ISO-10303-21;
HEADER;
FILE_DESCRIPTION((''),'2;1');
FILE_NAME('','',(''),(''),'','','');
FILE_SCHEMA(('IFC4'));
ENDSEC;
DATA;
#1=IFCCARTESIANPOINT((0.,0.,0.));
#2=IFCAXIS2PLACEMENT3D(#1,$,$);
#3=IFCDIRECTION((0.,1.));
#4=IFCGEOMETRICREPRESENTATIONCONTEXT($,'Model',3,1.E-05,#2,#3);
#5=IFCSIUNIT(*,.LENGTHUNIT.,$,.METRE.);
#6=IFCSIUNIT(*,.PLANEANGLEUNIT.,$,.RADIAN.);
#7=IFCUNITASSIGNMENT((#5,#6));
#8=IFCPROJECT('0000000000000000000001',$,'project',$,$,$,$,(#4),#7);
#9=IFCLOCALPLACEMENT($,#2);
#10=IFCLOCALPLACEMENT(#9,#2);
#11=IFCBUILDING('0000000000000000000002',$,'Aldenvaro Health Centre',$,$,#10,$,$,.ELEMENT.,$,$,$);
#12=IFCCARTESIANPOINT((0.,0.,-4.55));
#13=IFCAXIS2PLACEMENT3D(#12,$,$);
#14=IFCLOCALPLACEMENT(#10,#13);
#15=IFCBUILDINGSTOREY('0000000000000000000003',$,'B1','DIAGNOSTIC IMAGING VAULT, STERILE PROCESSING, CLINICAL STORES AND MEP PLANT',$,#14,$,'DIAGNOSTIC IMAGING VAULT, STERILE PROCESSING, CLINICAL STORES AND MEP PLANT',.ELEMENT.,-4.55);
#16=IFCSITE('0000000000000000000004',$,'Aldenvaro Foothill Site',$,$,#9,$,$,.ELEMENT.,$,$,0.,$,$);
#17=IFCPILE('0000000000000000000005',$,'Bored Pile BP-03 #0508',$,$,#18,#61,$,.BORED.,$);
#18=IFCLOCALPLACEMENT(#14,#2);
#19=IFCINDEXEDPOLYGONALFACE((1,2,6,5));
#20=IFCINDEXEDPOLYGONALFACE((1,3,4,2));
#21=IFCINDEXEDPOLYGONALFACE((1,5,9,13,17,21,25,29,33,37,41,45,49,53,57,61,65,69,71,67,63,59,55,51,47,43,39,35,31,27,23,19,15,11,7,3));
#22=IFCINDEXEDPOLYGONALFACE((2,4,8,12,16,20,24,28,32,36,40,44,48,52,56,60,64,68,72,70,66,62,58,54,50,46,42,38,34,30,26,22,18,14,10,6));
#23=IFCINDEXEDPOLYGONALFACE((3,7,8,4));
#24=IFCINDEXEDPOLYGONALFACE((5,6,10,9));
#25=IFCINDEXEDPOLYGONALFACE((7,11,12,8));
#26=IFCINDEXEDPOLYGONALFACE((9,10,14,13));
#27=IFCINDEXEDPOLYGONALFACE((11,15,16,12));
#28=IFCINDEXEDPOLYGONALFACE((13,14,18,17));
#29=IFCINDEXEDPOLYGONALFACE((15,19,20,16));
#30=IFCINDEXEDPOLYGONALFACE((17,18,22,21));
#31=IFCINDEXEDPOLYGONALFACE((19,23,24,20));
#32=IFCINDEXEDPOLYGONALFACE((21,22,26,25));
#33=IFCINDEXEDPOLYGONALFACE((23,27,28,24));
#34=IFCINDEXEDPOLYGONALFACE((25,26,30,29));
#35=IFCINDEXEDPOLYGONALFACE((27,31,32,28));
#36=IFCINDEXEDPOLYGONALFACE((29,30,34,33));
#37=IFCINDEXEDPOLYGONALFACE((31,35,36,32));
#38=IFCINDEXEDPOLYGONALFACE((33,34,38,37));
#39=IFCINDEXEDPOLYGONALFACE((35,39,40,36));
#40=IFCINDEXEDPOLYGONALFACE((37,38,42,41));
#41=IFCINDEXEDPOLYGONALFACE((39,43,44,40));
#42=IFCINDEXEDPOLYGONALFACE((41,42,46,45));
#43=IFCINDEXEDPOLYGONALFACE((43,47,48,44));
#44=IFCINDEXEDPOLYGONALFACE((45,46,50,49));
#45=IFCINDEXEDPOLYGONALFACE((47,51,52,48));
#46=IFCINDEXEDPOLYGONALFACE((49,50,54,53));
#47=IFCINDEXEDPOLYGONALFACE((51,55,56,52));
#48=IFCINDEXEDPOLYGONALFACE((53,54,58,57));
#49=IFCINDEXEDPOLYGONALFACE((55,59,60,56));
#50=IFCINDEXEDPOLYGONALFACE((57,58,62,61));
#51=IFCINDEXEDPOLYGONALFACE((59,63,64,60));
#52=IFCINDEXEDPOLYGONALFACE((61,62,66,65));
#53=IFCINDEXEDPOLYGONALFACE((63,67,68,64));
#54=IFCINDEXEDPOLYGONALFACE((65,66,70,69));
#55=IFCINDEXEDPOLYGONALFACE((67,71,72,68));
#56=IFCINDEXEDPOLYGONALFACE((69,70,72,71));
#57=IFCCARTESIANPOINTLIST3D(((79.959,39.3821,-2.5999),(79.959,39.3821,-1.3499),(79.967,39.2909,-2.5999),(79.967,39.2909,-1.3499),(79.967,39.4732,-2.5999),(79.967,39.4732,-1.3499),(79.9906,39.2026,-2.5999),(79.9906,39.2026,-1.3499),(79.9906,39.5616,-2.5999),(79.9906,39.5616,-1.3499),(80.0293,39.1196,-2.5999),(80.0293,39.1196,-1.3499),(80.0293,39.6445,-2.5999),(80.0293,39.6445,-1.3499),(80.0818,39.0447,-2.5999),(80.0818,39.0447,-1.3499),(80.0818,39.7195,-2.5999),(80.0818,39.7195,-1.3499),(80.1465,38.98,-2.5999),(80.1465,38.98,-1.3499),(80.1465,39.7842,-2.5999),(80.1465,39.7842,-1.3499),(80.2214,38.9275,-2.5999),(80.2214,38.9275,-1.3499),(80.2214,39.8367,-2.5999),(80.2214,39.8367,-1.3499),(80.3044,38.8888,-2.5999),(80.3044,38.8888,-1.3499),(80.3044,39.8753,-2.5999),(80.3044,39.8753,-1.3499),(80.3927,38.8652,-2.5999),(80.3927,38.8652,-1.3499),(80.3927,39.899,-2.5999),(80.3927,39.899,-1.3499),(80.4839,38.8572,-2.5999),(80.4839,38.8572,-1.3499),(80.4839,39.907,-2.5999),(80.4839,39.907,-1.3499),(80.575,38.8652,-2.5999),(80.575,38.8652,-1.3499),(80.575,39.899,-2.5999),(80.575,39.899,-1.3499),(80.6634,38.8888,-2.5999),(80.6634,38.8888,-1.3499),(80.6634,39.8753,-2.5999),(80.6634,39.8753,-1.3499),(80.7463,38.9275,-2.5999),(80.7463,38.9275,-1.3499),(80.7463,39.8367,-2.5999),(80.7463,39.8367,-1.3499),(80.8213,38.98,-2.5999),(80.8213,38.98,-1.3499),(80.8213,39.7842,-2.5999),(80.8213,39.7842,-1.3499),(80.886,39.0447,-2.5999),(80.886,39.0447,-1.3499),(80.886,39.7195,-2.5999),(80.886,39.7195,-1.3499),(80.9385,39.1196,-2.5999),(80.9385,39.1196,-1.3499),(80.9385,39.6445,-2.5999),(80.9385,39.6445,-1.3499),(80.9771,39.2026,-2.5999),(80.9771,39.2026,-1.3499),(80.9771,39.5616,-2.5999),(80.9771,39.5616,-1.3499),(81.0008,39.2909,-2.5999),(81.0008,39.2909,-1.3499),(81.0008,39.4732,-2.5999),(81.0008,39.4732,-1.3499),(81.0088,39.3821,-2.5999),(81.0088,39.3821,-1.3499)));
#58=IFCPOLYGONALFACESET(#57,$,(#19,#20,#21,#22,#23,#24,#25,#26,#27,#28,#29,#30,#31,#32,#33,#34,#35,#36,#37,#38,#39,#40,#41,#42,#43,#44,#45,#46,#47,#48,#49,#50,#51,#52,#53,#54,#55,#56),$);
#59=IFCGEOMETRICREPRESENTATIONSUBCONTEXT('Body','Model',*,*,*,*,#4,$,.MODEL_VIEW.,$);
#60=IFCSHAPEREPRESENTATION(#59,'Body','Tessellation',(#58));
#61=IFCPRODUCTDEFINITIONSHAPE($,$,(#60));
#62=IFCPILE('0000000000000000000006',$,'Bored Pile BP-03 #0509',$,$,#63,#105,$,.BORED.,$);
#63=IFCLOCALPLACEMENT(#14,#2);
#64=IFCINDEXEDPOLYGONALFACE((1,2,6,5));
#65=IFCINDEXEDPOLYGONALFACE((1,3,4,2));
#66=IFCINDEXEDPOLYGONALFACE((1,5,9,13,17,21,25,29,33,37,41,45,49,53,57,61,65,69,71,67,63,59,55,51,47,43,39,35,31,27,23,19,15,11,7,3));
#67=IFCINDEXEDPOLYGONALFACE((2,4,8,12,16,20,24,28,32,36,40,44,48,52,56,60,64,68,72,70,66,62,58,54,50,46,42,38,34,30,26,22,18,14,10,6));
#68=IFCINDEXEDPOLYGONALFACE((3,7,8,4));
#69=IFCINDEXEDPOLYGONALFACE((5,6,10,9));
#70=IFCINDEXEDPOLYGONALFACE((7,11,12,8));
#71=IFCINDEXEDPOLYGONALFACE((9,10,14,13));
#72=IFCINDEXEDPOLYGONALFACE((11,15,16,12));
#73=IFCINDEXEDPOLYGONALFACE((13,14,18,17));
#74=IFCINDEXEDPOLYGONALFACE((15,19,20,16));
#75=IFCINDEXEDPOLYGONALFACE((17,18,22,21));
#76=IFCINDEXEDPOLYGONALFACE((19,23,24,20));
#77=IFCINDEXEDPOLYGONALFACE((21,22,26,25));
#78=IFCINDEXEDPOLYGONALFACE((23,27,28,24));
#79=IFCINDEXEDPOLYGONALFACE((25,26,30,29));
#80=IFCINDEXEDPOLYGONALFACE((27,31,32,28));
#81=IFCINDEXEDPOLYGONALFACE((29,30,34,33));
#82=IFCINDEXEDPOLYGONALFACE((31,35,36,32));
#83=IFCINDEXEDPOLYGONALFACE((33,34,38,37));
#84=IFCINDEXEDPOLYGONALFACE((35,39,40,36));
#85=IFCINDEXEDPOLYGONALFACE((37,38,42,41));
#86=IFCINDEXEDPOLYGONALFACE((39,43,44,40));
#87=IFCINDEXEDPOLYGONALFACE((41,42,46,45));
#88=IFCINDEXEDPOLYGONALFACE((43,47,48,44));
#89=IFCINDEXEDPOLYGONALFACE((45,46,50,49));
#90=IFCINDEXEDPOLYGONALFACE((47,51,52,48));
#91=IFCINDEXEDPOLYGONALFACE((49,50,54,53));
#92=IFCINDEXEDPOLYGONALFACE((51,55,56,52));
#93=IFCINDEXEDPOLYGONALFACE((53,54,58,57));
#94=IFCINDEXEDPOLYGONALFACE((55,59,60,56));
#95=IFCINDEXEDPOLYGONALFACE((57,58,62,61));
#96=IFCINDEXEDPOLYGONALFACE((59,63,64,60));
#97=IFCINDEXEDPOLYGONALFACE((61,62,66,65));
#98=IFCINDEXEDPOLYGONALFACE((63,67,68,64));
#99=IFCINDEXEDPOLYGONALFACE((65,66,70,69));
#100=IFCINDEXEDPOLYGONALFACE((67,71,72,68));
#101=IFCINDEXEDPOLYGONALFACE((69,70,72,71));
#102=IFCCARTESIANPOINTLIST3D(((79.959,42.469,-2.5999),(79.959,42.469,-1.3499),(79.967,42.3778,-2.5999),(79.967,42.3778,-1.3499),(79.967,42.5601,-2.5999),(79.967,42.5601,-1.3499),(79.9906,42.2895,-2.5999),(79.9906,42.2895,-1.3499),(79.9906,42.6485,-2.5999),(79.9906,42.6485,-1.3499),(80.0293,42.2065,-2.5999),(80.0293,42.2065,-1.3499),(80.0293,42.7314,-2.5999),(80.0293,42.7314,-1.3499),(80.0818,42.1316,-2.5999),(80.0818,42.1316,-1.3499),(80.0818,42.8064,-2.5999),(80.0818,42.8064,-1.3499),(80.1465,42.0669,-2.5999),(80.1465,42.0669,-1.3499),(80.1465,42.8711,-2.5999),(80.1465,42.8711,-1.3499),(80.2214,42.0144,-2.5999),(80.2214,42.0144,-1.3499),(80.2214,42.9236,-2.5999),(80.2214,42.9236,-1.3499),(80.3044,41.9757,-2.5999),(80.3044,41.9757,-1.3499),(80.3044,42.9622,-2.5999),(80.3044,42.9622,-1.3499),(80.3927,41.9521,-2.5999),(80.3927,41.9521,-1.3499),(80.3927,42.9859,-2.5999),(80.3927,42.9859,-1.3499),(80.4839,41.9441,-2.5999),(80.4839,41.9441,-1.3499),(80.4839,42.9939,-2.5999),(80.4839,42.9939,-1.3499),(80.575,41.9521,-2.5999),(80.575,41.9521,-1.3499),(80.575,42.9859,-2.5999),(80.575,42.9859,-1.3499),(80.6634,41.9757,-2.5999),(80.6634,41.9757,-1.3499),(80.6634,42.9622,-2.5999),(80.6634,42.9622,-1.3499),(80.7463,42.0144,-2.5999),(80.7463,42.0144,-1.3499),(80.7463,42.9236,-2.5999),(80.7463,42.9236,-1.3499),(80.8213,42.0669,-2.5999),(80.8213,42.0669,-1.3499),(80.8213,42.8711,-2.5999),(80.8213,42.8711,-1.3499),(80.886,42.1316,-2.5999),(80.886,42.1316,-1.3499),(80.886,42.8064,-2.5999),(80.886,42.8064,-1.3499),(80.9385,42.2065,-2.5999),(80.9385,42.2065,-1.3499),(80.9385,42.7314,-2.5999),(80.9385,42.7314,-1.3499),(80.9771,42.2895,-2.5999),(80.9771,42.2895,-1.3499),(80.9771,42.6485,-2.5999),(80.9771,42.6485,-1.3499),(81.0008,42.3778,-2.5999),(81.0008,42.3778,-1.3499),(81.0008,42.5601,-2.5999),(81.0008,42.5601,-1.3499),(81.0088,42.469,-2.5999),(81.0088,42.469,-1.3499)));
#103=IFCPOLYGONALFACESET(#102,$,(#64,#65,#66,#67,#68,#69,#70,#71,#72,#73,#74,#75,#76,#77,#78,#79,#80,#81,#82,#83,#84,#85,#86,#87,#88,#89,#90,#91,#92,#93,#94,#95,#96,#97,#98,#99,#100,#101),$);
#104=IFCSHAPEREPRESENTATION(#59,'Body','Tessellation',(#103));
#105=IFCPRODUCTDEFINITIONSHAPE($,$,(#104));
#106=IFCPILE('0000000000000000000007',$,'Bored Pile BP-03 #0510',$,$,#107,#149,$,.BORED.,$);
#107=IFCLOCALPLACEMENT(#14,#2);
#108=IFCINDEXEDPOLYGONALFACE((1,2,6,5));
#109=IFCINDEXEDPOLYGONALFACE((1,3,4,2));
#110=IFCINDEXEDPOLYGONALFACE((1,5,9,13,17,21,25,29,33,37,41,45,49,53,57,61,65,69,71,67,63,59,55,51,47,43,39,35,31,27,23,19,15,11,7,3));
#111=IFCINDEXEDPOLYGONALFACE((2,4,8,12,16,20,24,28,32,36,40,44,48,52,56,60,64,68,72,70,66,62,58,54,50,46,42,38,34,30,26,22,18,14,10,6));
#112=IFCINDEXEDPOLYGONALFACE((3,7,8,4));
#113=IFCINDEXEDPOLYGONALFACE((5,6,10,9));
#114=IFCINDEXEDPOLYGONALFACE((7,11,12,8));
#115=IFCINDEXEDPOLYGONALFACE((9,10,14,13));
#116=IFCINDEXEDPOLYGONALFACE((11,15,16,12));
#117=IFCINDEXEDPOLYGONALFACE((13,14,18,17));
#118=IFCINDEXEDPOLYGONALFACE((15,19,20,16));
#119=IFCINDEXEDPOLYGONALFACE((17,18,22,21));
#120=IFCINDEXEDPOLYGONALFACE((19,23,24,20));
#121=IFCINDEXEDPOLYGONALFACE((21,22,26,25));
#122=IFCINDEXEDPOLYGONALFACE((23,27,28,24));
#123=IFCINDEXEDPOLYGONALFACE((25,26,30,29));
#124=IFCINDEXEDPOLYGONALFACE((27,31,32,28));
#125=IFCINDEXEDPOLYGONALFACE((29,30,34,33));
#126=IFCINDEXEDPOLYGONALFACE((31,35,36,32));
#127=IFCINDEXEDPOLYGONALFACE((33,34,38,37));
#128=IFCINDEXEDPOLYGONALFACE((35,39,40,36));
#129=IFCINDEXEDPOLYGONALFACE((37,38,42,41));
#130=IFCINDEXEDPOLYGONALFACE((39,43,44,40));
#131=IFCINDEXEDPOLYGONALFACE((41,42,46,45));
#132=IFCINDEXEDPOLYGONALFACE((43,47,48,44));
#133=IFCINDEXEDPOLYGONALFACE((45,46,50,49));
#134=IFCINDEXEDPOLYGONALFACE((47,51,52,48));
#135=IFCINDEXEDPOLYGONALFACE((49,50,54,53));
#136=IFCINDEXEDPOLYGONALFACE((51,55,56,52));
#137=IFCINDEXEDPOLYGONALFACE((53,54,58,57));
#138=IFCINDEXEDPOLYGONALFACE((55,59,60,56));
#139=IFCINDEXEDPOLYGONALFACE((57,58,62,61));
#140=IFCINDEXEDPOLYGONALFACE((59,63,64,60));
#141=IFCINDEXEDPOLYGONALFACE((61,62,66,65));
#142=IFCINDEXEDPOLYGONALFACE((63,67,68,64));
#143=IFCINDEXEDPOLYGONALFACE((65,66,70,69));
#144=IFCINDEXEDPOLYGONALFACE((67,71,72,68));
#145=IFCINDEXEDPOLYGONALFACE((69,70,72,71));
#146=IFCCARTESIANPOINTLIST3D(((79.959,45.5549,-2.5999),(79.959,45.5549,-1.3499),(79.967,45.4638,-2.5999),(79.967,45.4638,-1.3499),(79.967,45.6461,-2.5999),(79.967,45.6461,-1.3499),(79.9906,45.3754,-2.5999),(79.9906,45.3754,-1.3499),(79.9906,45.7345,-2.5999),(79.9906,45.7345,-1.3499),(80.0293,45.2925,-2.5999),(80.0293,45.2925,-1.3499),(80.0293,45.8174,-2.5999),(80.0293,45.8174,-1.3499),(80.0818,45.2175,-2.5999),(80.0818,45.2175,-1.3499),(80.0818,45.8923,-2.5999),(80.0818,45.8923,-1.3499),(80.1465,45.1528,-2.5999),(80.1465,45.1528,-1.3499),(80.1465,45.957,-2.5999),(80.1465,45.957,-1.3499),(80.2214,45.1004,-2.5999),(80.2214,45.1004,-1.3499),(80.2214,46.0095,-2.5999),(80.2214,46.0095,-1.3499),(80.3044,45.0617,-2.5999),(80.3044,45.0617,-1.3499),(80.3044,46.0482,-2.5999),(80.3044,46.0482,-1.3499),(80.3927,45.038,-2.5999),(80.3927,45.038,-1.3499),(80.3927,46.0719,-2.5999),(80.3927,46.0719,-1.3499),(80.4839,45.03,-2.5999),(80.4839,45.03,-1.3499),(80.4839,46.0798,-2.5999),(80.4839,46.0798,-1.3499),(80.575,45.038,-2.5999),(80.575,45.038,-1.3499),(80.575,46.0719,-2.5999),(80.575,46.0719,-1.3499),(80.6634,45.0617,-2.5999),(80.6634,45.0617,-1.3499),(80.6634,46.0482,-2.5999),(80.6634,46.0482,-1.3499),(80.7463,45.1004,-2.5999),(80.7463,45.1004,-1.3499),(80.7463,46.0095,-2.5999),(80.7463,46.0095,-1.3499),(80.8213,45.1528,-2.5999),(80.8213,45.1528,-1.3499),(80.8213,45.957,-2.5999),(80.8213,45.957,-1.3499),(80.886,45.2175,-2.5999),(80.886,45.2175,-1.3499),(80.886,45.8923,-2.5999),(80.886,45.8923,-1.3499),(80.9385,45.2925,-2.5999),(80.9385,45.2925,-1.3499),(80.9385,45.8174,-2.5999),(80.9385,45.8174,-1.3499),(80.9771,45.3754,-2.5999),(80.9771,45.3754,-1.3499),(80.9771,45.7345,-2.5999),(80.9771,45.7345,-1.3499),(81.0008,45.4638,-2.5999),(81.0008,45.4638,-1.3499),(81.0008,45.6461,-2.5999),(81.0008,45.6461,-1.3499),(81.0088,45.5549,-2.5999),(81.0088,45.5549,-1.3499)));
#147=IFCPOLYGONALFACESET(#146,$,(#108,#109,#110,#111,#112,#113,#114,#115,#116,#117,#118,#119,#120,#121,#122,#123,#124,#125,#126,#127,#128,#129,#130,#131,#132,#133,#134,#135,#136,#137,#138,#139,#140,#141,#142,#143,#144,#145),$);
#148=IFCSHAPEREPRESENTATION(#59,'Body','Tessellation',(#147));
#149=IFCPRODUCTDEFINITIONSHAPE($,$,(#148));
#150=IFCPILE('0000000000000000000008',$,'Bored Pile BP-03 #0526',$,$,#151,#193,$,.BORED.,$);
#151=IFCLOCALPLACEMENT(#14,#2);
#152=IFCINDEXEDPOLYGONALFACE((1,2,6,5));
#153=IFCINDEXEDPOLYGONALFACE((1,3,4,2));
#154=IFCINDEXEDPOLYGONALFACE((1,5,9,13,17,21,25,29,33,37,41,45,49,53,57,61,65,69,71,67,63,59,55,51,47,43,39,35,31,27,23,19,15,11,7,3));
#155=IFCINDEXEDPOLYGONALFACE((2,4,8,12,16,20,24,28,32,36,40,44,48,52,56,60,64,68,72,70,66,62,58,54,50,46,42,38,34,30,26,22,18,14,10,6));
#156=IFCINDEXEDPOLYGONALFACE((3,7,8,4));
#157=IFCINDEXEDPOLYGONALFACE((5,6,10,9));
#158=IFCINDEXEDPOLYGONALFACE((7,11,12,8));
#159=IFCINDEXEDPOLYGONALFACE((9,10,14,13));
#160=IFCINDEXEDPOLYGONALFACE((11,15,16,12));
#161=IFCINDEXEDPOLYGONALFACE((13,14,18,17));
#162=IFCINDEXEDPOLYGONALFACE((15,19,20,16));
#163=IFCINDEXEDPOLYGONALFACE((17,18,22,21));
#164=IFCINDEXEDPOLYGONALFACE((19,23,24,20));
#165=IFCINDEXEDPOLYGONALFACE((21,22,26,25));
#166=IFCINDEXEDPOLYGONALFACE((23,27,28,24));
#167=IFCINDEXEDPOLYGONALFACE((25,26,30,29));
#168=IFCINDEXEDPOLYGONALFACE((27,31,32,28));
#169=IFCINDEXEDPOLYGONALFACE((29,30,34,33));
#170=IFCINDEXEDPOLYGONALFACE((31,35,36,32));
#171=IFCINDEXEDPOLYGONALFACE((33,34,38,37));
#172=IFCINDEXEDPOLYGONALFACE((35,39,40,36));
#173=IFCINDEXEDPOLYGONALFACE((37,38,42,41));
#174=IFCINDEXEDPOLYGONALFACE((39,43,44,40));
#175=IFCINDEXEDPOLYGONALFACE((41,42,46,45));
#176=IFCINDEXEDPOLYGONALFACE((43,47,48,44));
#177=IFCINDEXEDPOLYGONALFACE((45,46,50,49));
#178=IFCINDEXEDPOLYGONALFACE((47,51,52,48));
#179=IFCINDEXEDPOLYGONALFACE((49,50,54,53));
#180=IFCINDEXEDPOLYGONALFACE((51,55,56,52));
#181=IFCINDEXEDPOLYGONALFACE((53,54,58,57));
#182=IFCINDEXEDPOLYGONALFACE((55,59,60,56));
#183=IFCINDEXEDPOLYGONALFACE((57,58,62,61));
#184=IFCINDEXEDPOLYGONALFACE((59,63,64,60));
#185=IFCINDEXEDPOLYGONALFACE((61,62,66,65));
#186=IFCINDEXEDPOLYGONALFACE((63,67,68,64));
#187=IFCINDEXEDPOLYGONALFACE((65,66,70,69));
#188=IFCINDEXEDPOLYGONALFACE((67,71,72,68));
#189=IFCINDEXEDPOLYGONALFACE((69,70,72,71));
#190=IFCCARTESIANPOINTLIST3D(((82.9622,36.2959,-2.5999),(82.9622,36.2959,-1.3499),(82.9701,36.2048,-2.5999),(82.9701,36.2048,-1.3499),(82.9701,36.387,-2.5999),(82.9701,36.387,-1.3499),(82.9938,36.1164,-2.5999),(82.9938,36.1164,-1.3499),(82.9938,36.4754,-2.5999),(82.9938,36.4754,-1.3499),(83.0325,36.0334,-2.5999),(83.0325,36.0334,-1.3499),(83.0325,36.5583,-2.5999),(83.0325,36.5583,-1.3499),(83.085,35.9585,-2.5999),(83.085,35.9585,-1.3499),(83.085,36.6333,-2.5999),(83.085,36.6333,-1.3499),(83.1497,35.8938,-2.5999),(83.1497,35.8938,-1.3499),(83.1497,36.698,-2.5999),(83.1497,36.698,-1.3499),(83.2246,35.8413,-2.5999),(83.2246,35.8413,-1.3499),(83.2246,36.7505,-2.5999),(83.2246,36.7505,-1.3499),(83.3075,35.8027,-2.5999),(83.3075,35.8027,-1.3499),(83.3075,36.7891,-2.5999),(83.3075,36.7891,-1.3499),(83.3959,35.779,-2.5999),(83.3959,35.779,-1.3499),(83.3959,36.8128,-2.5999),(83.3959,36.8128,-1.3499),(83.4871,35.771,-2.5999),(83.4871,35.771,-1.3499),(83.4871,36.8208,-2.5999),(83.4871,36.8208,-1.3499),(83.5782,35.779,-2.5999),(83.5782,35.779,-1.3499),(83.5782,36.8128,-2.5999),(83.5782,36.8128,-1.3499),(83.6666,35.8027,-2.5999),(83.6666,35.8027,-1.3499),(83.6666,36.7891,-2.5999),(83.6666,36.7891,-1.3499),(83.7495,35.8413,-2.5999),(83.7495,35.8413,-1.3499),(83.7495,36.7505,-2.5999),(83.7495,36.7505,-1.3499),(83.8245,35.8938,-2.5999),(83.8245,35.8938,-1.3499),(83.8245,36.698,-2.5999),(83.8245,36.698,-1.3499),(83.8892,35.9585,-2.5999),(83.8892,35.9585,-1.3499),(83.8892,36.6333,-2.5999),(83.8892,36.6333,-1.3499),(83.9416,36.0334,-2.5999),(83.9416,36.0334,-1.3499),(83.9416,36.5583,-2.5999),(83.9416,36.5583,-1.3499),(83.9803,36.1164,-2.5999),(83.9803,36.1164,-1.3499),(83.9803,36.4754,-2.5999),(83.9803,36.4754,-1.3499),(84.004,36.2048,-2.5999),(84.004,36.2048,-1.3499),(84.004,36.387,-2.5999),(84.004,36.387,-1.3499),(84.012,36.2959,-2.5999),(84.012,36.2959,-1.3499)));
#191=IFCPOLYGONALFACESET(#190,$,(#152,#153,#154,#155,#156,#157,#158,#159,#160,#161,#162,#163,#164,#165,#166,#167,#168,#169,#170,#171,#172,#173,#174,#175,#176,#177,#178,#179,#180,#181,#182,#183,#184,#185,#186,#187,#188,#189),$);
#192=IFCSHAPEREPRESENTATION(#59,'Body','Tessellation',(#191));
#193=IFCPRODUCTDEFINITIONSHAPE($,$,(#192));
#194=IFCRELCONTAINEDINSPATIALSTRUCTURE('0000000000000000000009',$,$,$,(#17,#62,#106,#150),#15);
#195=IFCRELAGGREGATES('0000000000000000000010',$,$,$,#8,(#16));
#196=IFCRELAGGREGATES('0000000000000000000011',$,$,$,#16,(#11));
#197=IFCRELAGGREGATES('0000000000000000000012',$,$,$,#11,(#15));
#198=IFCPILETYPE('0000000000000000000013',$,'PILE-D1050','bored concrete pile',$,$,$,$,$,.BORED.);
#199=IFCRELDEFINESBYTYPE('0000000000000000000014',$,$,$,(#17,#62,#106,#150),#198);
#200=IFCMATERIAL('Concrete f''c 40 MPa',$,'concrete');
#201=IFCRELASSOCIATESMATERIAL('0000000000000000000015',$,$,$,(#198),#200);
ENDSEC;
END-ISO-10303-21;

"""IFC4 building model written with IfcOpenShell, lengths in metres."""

from ifc_helpers import new_model, si_unit, direction, frame, origin, origin_2d, place, context, subcontext, project, spatial, circle, extrude, material, material_profile, profile_set, type_object, element, save


model = new_model("IFC4")

# Units and contexts
model_context = context("Model", 3, precision=1e-05, world=origin(), true_north=direction((0.0, 1.0)))
body_context = subcontext(model_context, "Body", "Model", "MODEL_VIEW")
ifc_project = project(units=[si_unit("LENGTHUNIT", "METRE"), si_unit("PLANEANGLEUNIT", "RADIAN")], contexts=[model_context])

# Site, building, storey
site_placement = place(None, origin())
site = spatial("IfcSite", under=ifc_project, at=site_placement, Name="Aldenvaro Foothill Site", CompositionType="ELEMENT", RefElevation=0.0)
building_placement = place(site_placement, origin())
building = spatial("IfcBuilding", under=site, at=building_placement, Name="Aldenvaro Health Centre", CompositionType="ELEMENT")
storey_placement = place(building_placement, frame((0.0, 0.0, -4.55)))
storey = spatial("IfcBuildingStorey", under=building, at=storey_placement, Name="B1", Description="DIAGNOSTIC IMAGING VAULT, STERILE PROCESSING, CLINICAL STORES AND MEP PLANT", LongName="DIAGNOSTIC IMAGING VAULT, STERILE PROCESSING, CLINICAL STORES AND MEP PLANT", CompositionType="ELEMENT", Elevation=-4.55)

# Piles
ifc_material_1 = material(Name="Concrete f'c 40 MPa", Category="concrete")
ifc_material_profile_1 = material_profile(ifc_material_1, circle(Radius=0.5249, at=origin_2d()), Name="PILE D1050", Category="concrete")
ifc_profile_set_1 = profile_set([ifc_material_profile_1], Name="Concrete f'c 40 MPa")
pile_type = type_object("IfcPileType", Name="PILE-D1050", Description="bored concrete pile", PredefinedType="BORED", material=ifc_profile_set_1)
for number, where, z_axis, x_axis, name in (
    (1, (80.4839, 39.3821, -1.3499), (0.0, 0.0, -1.0), (1.0, 0.0, 0.0), "Bored Pile BP-03 #0508"),
    (2, (80.4839, 42.469, -1.3499), (0.0, 0.0, -1.0), (1.0, 0.0, 0.0), "Bored Pile BP-03 #0509"),
    (3, (80.4839, 45.5549, -1.3499), (0.0, 0.0, -1.0), (1.0, 0.0, 0.0), "Bored Pile BP-03 #0510"),
    (4, (83.4871, 36.2959, -1.3499), (0.0, 0.0, -1.0), (1.0, 0.0, 0.0), "Bored Pile BP-03 #0526"),
):
    element("IfcPile", number, at=place(storey_placement, frame(where, z_axis=z_axis, x_axis=x_axis)), inside=storey, type_object=pile_type, Name=name, PredefinedType="BORED", context=body_context, shape_type="SweptSolid", body=[
        extrude(circle(Radius=0.5249, at=origin_2d()), origin(), (0.0, 0.0, 1.0), 1.25),
    ])

save(model, "model.ifc")
